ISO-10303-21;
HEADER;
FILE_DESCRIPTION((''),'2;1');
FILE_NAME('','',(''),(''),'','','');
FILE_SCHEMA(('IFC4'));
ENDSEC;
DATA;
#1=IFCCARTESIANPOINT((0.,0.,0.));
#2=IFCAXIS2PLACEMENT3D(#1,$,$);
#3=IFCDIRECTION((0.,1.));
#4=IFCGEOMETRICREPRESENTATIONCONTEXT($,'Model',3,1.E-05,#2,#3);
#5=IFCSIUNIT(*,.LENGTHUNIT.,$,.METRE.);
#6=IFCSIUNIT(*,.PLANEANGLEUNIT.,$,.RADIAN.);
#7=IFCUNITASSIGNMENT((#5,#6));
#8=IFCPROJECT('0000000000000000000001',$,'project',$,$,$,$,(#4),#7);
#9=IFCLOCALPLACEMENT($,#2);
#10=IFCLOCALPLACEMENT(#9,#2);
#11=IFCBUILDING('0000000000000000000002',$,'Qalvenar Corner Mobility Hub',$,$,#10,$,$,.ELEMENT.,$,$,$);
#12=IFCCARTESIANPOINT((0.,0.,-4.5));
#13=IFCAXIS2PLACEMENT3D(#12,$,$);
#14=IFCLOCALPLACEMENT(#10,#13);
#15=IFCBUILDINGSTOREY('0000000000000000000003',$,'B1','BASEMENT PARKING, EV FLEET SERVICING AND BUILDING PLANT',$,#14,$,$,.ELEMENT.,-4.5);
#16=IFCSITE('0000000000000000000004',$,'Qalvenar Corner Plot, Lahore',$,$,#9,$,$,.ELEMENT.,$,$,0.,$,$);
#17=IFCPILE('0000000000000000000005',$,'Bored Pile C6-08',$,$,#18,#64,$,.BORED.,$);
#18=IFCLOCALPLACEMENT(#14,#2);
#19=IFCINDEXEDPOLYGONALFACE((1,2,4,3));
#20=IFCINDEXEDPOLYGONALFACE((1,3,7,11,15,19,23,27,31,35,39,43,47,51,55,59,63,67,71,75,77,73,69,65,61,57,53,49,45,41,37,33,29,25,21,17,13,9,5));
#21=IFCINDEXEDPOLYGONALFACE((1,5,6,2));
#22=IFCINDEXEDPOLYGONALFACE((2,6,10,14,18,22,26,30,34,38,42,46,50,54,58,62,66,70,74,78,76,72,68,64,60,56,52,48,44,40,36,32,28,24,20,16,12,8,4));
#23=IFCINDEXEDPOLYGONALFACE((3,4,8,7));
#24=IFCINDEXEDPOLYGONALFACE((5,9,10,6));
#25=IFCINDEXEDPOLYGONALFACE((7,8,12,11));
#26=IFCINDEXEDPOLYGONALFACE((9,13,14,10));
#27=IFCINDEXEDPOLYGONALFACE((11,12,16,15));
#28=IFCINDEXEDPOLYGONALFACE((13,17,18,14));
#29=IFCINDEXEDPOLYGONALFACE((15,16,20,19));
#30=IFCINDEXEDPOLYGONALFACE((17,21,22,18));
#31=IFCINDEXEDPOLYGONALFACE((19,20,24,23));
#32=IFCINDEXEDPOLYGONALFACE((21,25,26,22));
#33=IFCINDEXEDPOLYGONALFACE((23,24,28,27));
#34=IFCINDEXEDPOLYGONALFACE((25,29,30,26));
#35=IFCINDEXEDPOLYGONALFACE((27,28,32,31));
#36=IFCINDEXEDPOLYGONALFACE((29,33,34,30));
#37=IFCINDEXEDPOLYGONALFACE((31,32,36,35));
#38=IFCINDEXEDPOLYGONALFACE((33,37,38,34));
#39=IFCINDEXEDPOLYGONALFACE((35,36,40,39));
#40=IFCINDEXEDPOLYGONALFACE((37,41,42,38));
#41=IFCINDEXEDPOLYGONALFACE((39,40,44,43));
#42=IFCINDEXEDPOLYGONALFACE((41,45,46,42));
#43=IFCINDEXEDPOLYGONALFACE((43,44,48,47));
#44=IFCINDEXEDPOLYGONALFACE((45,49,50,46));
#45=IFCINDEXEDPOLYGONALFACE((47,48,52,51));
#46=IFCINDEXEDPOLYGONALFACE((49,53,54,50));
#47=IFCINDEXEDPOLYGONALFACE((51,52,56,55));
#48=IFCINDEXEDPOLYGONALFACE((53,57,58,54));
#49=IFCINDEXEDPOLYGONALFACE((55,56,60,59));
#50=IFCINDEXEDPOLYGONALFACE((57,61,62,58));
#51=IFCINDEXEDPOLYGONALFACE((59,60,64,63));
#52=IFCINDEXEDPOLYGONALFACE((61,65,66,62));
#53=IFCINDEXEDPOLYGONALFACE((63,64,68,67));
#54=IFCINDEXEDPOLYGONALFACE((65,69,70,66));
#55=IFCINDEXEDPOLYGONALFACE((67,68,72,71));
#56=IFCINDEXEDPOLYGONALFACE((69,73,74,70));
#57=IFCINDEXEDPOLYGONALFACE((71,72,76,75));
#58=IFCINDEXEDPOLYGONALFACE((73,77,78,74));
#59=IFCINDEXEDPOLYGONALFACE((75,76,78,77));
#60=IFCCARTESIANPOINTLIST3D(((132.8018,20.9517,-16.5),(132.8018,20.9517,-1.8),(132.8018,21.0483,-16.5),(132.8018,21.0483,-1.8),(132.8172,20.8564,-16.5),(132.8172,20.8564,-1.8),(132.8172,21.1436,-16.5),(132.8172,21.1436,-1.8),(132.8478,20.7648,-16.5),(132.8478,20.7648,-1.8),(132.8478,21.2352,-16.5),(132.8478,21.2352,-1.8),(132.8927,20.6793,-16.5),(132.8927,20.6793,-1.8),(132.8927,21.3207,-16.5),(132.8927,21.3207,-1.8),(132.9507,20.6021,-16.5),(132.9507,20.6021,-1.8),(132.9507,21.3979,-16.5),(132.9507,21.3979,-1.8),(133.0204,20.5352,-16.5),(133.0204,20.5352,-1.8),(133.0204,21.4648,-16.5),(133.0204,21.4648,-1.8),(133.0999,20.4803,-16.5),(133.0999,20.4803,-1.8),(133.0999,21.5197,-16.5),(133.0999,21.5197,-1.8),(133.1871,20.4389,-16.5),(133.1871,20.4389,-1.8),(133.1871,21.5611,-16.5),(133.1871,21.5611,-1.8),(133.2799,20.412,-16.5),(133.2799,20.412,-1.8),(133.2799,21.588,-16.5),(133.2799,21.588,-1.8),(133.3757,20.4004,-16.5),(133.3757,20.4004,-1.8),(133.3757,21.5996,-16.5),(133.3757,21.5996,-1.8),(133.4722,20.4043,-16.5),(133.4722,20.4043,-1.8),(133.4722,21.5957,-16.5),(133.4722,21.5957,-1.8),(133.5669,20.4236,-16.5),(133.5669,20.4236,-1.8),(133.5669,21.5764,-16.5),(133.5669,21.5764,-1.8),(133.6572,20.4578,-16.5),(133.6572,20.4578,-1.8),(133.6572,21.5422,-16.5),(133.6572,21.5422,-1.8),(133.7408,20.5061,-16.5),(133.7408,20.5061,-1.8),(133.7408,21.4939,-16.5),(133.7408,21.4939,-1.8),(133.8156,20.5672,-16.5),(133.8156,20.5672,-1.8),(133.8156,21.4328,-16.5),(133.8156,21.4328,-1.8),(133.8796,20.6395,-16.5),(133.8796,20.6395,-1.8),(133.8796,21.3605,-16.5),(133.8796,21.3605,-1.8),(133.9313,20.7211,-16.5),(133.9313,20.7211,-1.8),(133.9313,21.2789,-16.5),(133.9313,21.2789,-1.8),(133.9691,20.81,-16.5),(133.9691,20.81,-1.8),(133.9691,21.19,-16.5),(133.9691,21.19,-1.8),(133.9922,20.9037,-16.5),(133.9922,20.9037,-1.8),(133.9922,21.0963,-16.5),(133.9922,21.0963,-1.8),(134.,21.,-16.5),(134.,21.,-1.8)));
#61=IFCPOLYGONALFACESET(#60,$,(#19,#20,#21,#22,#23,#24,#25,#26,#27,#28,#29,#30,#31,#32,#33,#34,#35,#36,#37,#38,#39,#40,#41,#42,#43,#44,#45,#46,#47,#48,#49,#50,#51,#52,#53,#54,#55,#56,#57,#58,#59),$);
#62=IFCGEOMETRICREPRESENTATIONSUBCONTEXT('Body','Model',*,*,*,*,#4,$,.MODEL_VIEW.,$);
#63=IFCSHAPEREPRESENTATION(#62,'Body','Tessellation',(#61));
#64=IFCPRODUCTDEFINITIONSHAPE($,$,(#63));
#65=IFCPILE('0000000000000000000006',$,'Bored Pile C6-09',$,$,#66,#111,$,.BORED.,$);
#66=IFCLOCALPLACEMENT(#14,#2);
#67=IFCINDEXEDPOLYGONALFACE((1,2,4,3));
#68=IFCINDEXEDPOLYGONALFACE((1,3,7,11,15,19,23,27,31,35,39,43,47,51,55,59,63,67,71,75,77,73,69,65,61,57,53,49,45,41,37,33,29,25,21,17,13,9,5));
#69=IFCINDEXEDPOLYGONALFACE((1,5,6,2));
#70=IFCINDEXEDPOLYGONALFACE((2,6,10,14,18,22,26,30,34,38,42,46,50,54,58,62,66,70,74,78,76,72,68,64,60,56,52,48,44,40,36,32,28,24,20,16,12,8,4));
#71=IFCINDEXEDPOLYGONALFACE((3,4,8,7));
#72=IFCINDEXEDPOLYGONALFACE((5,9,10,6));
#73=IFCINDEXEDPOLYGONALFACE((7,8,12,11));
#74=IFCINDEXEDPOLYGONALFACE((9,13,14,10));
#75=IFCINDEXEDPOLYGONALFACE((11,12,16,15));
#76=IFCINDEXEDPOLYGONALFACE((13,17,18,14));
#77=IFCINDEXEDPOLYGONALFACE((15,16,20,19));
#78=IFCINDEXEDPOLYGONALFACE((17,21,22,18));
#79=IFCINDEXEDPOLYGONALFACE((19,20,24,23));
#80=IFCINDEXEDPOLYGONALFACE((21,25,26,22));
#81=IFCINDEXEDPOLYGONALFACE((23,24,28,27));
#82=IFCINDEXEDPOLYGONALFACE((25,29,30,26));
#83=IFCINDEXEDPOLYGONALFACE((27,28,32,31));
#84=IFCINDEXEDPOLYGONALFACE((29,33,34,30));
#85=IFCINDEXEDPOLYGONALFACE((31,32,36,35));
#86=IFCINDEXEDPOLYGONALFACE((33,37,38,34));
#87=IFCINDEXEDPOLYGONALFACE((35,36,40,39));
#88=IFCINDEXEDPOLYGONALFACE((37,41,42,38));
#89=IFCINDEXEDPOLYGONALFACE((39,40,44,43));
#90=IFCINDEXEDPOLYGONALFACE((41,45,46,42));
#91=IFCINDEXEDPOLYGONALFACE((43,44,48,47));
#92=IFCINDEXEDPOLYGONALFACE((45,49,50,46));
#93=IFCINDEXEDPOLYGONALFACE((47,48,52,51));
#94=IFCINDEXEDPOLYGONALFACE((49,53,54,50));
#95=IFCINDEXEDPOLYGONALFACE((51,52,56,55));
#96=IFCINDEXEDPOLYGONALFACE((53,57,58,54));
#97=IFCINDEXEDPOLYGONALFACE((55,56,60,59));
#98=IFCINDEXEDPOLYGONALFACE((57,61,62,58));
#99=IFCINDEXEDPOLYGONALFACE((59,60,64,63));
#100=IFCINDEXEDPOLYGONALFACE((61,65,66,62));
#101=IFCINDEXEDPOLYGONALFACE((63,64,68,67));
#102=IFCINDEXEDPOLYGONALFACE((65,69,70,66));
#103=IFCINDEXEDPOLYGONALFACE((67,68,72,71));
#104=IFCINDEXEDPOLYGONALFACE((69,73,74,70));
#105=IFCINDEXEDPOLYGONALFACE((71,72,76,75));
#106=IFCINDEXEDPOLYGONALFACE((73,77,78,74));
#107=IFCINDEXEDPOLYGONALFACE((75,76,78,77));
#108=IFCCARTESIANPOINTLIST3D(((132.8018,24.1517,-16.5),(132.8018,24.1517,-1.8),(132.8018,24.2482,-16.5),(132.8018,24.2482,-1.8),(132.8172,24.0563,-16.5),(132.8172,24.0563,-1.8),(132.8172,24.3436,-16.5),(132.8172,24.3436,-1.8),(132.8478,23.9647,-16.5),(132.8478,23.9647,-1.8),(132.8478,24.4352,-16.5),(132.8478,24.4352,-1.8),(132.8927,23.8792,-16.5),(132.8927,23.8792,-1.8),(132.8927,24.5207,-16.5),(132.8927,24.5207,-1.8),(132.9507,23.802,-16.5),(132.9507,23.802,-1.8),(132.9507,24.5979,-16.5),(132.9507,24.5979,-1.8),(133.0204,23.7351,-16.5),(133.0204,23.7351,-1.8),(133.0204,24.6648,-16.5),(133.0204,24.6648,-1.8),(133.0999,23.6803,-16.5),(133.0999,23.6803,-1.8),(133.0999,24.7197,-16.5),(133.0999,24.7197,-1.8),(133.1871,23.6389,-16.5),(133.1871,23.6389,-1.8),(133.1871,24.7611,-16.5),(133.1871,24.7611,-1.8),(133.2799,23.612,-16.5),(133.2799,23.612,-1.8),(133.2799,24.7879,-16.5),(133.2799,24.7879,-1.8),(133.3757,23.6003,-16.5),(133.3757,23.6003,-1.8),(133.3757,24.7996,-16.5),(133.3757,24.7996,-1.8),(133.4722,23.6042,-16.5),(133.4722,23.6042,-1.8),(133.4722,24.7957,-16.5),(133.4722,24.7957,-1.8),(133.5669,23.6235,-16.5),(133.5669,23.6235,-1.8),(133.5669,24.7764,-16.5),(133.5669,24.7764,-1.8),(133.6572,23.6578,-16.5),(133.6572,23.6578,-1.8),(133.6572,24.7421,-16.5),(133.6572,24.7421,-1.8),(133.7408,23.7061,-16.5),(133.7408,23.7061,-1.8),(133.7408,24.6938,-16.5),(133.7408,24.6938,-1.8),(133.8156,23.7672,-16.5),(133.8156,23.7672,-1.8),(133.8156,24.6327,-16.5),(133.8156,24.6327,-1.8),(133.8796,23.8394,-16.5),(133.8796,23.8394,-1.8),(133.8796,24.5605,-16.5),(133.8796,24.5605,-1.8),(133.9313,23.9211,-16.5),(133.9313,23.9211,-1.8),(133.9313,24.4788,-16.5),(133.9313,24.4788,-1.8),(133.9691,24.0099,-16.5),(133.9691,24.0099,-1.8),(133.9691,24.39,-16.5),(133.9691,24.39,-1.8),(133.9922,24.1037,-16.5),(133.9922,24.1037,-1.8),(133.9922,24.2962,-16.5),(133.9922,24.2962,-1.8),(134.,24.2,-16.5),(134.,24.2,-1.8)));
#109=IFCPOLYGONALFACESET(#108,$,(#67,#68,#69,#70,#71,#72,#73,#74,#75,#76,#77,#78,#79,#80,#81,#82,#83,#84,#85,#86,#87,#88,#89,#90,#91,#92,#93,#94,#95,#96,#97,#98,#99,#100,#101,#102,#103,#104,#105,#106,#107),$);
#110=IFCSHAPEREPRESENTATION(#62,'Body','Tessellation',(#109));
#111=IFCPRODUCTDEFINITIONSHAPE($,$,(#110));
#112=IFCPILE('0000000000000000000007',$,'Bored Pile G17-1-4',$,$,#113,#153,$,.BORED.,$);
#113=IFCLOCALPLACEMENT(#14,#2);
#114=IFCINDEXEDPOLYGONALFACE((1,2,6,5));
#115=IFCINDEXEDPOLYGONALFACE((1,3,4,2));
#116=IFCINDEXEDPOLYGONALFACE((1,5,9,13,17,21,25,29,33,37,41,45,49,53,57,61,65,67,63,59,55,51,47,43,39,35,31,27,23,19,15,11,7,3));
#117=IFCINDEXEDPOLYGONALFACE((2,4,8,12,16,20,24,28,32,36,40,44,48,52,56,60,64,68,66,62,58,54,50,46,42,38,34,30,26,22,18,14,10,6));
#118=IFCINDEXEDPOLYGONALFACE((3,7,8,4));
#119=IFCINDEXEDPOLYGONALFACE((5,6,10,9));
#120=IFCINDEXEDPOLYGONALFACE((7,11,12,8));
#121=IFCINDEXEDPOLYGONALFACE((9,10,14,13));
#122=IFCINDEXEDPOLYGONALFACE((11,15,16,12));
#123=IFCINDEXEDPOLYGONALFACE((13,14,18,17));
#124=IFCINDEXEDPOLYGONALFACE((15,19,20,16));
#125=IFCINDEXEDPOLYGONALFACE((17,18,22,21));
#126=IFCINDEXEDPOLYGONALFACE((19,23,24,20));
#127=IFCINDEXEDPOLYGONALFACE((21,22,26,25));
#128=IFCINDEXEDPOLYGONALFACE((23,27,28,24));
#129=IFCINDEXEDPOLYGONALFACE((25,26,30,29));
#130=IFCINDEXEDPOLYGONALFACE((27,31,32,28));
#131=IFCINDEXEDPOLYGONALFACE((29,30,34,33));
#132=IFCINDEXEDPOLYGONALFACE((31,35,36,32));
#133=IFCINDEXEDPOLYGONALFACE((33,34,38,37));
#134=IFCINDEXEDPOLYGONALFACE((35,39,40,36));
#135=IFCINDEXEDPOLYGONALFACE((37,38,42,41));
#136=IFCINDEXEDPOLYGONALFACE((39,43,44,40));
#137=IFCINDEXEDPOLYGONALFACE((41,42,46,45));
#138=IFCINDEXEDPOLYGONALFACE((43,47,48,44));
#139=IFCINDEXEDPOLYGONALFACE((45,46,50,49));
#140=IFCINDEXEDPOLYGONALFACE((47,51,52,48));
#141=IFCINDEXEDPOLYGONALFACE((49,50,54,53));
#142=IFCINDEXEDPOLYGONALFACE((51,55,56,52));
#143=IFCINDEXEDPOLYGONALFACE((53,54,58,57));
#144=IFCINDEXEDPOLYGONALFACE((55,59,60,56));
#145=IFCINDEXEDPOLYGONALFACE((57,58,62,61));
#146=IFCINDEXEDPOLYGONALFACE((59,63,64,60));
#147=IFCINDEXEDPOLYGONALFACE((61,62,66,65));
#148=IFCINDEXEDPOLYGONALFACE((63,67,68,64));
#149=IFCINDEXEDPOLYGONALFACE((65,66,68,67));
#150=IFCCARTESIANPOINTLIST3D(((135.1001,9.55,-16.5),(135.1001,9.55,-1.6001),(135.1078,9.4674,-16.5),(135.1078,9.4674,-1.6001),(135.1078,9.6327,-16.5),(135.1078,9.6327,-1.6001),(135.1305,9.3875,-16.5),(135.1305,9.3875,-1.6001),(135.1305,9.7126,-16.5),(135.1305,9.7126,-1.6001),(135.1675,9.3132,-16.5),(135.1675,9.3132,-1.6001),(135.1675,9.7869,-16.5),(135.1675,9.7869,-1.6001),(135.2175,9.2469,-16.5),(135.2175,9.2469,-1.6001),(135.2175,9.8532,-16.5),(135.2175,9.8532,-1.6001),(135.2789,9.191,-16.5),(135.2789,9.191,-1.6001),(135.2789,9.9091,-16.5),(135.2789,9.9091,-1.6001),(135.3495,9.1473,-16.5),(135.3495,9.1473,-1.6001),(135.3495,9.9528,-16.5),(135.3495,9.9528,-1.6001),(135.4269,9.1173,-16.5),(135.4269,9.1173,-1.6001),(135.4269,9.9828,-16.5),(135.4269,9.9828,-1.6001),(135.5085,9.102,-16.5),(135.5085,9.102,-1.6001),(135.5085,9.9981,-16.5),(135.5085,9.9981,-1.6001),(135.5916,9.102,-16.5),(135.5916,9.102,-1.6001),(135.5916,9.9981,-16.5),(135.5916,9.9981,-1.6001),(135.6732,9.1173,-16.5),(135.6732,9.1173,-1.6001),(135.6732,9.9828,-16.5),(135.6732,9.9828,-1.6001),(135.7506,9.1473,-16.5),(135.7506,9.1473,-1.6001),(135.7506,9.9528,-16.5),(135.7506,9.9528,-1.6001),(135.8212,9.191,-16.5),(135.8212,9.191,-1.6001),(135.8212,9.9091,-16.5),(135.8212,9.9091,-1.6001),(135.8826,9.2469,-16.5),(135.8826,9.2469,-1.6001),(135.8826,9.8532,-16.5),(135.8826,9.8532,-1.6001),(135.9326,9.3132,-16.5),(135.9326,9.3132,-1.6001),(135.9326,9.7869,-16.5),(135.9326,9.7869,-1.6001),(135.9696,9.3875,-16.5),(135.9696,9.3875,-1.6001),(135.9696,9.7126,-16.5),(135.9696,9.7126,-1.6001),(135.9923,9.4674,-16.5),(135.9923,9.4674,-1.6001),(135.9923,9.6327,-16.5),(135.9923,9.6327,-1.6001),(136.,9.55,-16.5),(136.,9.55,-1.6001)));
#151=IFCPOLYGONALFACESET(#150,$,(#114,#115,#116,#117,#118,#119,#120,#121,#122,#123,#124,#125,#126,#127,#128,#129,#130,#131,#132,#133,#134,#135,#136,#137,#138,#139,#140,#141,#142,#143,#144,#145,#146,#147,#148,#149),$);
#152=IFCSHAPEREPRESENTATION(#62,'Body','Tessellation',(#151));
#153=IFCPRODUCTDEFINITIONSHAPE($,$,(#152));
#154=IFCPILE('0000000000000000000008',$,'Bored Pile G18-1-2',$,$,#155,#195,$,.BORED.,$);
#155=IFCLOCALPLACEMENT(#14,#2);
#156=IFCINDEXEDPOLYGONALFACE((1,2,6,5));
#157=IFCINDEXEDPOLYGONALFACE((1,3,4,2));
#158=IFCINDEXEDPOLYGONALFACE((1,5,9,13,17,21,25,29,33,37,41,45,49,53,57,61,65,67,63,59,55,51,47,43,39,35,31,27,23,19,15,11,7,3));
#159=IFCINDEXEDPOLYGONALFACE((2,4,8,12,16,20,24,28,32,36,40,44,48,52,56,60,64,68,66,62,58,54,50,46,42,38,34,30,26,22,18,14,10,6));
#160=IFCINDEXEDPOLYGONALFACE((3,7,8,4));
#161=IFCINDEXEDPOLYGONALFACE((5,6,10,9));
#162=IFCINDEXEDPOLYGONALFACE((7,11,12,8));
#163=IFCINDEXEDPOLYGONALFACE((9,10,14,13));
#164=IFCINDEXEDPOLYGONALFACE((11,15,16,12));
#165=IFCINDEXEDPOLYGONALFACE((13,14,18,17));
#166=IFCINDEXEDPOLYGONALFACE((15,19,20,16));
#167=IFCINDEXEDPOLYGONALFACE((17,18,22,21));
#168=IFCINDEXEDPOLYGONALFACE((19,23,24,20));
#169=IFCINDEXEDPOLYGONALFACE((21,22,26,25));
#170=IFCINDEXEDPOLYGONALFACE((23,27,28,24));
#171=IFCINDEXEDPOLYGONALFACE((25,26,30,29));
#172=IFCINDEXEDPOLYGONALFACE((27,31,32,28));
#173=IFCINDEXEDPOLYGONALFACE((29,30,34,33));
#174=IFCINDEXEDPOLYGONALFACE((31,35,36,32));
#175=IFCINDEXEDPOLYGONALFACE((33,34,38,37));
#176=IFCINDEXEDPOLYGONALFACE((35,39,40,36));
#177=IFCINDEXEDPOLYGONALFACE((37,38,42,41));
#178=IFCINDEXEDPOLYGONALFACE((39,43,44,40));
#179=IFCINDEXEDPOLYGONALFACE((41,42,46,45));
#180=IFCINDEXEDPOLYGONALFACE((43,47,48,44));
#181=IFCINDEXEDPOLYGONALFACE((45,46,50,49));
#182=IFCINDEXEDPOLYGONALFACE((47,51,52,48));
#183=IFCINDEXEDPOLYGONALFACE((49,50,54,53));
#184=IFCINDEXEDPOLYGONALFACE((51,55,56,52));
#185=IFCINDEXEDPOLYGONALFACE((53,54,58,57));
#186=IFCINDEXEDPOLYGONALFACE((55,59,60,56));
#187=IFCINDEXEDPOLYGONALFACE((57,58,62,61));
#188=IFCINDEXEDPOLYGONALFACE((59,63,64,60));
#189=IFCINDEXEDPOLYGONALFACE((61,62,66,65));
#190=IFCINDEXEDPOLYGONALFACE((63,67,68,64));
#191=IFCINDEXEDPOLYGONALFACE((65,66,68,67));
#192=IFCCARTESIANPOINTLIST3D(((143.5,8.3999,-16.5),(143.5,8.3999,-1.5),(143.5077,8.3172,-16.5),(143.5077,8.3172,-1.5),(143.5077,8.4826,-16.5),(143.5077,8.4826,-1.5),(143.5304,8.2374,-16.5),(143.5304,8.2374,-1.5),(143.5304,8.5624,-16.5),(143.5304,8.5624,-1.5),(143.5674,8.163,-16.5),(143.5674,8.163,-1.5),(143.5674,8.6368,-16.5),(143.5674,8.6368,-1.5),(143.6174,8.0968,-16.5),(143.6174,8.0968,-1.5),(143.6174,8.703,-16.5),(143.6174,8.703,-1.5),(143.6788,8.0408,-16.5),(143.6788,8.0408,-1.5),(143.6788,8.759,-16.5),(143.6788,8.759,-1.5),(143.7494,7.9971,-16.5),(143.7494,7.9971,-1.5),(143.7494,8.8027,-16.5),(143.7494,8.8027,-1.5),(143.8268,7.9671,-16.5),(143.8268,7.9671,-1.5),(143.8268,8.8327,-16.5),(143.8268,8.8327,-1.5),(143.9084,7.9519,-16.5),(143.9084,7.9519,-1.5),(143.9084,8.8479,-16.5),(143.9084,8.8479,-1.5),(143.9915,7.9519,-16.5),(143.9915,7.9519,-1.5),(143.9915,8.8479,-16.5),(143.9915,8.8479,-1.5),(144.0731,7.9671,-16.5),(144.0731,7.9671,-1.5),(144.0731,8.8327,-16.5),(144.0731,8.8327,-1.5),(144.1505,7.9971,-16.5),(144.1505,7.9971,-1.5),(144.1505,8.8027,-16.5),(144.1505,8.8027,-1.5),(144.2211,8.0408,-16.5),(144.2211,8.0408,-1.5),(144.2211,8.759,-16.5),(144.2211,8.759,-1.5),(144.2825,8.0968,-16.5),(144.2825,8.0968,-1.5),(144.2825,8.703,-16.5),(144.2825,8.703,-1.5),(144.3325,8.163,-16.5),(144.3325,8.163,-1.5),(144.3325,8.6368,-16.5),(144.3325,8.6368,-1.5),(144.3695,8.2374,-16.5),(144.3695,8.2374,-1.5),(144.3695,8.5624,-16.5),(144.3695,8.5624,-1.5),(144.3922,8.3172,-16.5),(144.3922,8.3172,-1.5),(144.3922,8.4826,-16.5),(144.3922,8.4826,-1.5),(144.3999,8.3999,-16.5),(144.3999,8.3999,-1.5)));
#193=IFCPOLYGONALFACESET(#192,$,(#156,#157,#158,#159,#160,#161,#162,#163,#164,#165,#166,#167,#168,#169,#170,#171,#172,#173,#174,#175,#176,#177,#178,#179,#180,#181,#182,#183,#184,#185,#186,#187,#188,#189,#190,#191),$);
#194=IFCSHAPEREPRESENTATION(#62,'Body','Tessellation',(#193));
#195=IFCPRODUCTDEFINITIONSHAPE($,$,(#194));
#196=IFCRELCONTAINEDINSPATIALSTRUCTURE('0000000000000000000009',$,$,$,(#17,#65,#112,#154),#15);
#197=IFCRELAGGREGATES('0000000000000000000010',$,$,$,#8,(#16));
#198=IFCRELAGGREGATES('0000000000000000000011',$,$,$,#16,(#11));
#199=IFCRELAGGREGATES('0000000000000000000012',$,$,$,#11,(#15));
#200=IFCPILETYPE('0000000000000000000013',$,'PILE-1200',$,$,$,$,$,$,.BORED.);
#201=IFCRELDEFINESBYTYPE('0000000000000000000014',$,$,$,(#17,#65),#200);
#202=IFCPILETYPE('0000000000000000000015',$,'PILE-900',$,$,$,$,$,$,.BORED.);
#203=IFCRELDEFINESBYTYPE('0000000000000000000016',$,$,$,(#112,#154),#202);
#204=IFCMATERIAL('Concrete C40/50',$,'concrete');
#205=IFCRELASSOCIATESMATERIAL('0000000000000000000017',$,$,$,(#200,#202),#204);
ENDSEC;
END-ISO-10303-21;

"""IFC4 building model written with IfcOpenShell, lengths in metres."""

from ifc_helpers import new_model, si_unit, direction, frame, origin, origin_2d, place, context, subcontext, project, spatial, circle, extrude, material, material_profile, profile_set, type_object, element, save


model = new_model("IFC4")

# Units and contexts
model_context = context("Model", 3, precision=1e-05, world=origin(), true_north=direction((0.0, 1.0)))
body_context = subcontext(model_context, "Body", "Model", "MODEL_VIEW")
ifc_project = project(units=[si_unit("LENGTHUNIT", "METRE"), si_unit("PLANEANGLEUNIT", "RADIAN")], contexts=[model_context])

# Site, building, storey
site_placement = place(None, origin())
site = spatial("IfcSite", under=ifc_project, at=site_placement, Name="Qalvenar Corner Plot, Lahore", CompositionType="ELEMENT", RefElevation=0.0)
building_placement = place(site_placement, origin())
building = spatial("IfcBuilding", under=site, at=building_placement, Name="Qalvenar Corner Mobility Hub", CompositionType="ELEMENT")
storey_placement = place(building_placement, frame((0.0, 0.0, -4.5)))
storey = spatial("IfcBuildingStorey", under=building, at=storey_placement, Name="B1", Description="BASEMENT PARKING, EV FLEET SERVICING AND BUILDING PLANT", CompositionType="ELEMENT", Elevation=-4.5)

# Shared definitions
ifc_material_1 = material(Name="Concrete C40/50", Category="concrete")

# Piles
ifc_material_profile_1 = material_profile(ifc_material_1, circle(Radius=0.6001, at=origin_2d()), Name="DIA1200")
ifc_profile_set_1 = profile_set([ifc_material_profile_1], Name="Concrete C40/50")
pile_type_1 = type_object("IfcPileType", Name="PILE-1200", PredefinedType="BORED", material=ifc_profile_set_1)
for number, where, z_axis, x_axis, name in (
    (1, (133.3999, 21.0, -1.8), (0.0, 0.0, -1.0), (1.0, 0.0, 0.0), "Bored Pile C6-08"),
    (2, (133.3999, 24.2, -1.8), (0.0, 0.0, -1.0), (1.0, 0.0, 0.0), "Bored Pile C6-09"),
):
    element("IfcPile", number, at=place(storey_placement, frame(where, z_axis=z_axis, x_axis=x_axis)), inside=storey, type_object=pile_type_1, Name=name, PredefinedType="BORED", context=body_context, shape_type="SweptSolid", body=[
        extrude(circle(Radius=0.6001, at=origin_2d()), origin(), (0.0, 0.0, 1.0), 14.7),
    ])
ifc_material_profile_2 = material_profile(ifc_material_1, circle(Radius=0.45, at=origin_2d()), Name="DIA900")
ifc_profile_set_2 = profile_set([ifc_material_profile_2], Name="Concrete C40/50")
pile_type_2 = type_object("IfcPileType", Name="PILE-900", PredefinedType="BORED", material=ifc_profile_set_2)
pile_1_placement = place(storey_placement, frame((135.55, 9.55, -1.6001), z_axis=(0.0, 0.0, -1.0), x_axis=(1.0, 0.0, 0.0)))
element("IfcPile", 3, at=pile_1_placement, inside=storey, type_object=pile_type_2, Name="Bored Pile G17-1-4", PredefinedType="BORED", context=body_context, shape_type="SweptSolid", body=[
    extrude(circle(Radius=0.45, at=origin_2d()), origin(), (0.0, 0.0, 1.0), 14.8999),
])
pile_2_placement = place(storey_placement, frame((143.95, 8.3999, -1.5), z_axis=(0.0, 0.0, -1.0), x_axis=(1.0, 0.0, 0.0)))
element("IfcPile", 4, at=pile_2_placement, inside=storey, type_object=pile_type_2, Name="Bored Pile G18-1-2", PredefinedType="BORED", context=body_context, shape_type="SweptSolid", body=[
    extrude(circle(Radius=0.45, at=origin_2d()), origin(), (0.0, 0.0, 1.0), 15.0),
])

save(model, "model.ifc")
